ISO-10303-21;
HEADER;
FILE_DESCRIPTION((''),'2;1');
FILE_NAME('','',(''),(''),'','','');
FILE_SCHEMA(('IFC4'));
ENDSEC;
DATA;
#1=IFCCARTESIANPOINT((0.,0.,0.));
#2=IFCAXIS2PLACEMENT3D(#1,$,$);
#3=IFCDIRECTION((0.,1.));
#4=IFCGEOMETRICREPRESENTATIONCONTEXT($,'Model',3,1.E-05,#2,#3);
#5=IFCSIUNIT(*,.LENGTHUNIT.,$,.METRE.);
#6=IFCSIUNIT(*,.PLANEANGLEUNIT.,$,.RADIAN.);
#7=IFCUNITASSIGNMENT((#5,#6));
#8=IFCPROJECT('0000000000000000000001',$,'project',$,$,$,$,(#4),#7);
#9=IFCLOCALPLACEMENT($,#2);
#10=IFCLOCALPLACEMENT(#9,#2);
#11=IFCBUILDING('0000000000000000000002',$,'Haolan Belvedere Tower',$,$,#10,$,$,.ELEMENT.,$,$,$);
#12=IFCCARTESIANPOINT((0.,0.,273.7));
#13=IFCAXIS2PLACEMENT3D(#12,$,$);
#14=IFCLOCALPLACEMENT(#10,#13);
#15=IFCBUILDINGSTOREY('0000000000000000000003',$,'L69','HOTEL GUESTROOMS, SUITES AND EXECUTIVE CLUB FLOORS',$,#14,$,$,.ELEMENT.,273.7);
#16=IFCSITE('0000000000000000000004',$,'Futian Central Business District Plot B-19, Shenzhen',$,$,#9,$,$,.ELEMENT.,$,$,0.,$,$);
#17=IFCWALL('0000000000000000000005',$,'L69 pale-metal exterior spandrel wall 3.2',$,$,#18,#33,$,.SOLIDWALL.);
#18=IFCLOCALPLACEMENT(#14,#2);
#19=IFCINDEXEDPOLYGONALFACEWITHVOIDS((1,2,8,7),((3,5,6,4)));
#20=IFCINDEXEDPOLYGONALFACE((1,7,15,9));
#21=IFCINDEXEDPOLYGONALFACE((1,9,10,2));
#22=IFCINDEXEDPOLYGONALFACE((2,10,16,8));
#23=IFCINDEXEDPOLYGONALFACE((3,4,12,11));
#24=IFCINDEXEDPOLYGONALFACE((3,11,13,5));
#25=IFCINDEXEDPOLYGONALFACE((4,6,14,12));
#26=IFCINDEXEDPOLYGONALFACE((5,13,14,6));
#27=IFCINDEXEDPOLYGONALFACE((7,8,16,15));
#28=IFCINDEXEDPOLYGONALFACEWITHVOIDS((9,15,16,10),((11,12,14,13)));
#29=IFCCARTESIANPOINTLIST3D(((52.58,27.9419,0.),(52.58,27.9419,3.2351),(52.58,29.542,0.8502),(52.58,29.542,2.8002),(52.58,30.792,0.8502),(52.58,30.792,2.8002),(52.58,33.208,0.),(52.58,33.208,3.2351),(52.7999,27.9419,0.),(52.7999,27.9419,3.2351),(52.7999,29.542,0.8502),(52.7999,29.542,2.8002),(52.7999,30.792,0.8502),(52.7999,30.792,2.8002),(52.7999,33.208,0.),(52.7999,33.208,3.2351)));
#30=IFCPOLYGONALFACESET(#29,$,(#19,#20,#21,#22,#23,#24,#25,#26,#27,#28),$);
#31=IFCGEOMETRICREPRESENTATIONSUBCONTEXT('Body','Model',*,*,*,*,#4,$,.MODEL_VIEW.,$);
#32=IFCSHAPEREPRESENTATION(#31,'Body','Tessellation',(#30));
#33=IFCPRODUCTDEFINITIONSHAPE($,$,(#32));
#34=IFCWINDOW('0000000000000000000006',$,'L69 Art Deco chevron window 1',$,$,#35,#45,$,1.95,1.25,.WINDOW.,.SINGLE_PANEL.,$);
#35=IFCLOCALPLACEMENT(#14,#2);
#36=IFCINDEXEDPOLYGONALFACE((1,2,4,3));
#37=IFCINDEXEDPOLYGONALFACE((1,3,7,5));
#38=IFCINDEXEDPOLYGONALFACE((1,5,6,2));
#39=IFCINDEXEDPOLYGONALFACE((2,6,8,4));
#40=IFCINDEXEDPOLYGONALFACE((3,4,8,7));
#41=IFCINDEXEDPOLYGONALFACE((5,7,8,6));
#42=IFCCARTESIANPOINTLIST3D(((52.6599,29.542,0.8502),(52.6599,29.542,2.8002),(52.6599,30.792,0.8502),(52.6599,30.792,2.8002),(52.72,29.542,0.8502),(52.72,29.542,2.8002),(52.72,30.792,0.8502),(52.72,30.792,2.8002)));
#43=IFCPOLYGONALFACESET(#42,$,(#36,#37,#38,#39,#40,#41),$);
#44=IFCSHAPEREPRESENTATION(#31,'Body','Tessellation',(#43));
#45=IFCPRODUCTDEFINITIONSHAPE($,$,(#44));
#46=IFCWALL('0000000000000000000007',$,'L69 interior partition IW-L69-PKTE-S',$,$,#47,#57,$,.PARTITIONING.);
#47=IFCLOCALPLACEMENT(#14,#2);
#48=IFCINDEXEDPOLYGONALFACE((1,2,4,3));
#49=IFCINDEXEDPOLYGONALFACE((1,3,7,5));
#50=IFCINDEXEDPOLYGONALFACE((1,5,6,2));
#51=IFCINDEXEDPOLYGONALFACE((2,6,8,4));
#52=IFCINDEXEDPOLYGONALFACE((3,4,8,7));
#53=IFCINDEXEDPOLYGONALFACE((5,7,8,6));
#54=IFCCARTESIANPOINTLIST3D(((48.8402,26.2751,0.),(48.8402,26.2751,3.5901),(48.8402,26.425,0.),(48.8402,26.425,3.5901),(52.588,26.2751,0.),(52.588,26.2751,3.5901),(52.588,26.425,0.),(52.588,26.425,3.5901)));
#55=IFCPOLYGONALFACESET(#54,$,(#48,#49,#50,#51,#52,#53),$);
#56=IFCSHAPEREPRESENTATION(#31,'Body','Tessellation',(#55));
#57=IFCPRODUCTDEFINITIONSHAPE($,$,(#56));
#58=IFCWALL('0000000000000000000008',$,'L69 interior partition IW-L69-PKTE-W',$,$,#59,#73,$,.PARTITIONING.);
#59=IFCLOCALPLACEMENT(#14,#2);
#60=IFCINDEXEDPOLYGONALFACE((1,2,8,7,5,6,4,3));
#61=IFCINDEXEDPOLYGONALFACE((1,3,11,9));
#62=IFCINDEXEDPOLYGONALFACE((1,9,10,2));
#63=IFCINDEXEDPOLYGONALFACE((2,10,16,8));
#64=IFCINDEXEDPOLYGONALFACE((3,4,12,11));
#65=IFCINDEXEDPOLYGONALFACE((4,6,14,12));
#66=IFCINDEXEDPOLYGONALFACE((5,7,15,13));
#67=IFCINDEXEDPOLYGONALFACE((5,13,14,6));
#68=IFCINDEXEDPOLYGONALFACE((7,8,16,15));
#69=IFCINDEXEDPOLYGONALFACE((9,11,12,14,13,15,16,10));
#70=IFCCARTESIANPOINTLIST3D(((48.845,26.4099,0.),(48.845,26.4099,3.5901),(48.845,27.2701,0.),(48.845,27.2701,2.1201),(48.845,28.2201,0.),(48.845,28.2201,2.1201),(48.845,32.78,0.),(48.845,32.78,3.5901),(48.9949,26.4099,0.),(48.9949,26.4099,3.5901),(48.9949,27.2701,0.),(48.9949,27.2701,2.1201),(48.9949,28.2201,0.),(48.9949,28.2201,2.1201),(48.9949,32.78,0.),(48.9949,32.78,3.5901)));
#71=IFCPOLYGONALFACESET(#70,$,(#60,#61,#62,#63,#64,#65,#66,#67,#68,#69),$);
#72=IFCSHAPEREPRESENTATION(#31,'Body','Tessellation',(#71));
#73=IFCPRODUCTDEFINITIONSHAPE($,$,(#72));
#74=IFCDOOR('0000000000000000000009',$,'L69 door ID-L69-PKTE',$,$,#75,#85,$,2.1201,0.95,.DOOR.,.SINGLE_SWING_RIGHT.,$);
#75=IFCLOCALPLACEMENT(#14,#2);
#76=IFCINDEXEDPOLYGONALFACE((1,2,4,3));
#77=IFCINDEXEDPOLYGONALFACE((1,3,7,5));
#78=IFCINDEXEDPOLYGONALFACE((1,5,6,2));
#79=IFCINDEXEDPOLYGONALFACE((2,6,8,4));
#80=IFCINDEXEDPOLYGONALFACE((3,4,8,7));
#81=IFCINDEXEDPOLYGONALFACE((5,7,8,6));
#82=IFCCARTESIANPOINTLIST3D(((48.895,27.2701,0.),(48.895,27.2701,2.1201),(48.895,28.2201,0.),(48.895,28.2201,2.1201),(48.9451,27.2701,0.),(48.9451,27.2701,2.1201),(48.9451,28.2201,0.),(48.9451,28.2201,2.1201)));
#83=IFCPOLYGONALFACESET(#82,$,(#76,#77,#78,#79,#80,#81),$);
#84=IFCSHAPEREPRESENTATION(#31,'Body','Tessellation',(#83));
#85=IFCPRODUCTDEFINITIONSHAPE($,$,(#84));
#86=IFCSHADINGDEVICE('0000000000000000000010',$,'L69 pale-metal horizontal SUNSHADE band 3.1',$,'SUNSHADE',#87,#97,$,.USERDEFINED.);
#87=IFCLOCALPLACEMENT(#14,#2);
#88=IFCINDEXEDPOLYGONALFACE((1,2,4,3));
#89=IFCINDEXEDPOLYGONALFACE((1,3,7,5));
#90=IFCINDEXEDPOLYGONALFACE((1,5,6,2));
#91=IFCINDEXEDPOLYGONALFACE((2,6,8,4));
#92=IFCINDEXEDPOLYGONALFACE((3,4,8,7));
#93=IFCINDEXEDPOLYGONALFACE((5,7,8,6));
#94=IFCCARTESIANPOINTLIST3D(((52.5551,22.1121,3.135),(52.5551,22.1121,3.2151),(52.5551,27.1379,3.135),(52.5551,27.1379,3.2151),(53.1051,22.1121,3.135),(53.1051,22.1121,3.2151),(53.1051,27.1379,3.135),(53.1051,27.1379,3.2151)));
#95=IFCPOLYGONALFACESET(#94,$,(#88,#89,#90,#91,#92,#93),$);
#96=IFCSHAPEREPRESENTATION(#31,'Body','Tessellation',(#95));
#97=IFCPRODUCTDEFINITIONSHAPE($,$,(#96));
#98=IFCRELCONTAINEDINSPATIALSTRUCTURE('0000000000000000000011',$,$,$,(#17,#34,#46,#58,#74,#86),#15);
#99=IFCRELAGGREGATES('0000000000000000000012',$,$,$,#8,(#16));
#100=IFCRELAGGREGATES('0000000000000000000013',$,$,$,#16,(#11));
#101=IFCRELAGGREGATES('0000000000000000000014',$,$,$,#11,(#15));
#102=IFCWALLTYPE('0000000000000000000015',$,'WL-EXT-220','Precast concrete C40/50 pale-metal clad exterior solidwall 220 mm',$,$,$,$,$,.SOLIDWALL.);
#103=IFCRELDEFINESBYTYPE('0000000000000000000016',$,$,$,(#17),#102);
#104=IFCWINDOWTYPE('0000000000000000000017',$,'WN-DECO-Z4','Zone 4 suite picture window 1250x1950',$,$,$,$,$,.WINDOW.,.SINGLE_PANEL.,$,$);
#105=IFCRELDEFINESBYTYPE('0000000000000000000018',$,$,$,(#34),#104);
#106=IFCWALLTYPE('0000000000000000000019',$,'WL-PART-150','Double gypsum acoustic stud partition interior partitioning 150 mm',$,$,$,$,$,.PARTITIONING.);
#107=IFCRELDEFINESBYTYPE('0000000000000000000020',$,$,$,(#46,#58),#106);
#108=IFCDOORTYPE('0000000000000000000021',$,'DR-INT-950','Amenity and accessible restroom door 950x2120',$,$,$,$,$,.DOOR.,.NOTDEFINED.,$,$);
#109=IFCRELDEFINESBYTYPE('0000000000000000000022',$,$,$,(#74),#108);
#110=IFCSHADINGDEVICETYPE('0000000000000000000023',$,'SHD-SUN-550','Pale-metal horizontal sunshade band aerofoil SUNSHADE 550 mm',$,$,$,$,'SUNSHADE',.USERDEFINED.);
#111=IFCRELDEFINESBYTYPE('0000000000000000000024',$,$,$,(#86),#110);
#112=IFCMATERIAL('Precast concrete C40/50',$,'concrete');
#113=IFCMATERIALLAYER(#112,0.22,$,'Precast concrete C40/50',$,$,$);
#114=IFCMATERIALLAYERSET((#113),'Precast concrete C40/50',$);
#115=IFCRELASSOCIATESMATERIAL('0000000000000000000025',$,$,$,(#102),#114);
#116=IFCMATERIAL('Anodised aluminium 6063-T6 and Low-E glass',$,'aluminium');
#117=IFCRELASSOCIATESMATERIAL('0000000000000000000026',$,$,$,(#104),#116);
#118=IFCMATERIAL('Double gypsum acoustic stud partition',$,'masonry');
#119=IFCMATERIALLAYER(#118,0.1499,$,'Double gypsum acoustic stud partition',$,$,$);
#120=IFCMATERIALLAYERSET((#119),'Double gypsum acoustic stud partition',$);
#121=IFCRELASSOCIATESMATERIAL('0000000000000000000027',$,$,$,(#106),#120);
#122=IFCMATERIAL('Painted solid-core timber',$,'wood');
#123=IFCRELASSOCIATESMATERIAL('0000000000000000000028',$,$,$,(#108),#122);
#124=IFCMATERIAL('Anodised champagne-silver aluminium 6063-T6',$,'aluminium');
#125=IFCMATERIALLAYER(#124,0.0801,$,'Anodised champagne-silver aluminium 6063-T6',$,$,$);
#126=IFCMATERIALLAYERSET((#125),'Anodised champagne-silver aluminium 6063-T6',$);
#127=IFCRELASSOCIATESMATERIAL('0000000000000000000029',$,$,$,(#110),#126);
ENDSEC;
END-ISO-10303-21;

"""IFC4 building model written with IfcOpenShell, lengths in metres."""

from ifc_helpers import new_model, si_unit, direction, frame, frame_2d, origin, origin_2d, place, context, subcontext, project, spatial, rectangle, extrude, material, layer, layer_set, type_object, element, fill, save


model = new_model("IFC4")

# Units and contexts
model_context = context("Model", 3, precision=1e-05, world=origin(), true_north=direction((0.0, 1.0)))
body_context = subcontext(model_context, "Body", "Model", "MODEL_VIEW")
ifc_project = project(units=[si_unit("LENGTHUNIT", "METRE"), si_unit("PLANEANGLEUNIT", "RADIAN")], contexts=[model_context])

# Site, building, storey
site_placement = place(None, origin())
site = spatial("IfcSite", under=ifc_project, at=site_placement, Name="Futian Central Business District Plot B-19, Shenzhen", CompositionType="ELEMENT", RefElevation=0.0)
building_placement = place(site_placement, origin())
building = spatial("IfcBuilding", under=site, at=building_placement, Name="Haolan Belvedere Tower", CompositionType="ELEMENT")
storey_placement = place(building_placement, frame((0.0, 0.0, 273.7)))
storey = spatial("IfcBuildingStorey", under=building, at=storey_placement, Name="L69", Description="HOTEL GUESTROOMS, SUITES AND EXECUTIVE CLUB FLOORS", CompositionType="ELEMENT", Elevation=273.7)

# Wall, opening, window
ifc_material_1 = material(Name="Precast concrete C40/50", Category="concrete")
ifc_layer_1 = layer(ifc_material_1, 0.22, Name="Precast concrete C40/50")
ifc_layer_set_1 = layer_set([ifc_layer_1], Name="Precast concrete C40/50")
wall_type_1 = type_object("IfcWallType", Name="WL-EXT-220", Description="Precast concrete C40/50 pale-metal clad exterior solidwall 220 mm", PredefinedType="SOLIDWALL", material=ifc_layer_set_1)
ifc_material_2 = material(Name="Anodised aluminium 6063-T6 and Low-E glass", Category="aluminium")
window_type = type_object("IfcWindowType", Name="WN-DECO-Z4", Description="Zone 4 suite picture window 1250x1950", PartitioningType="SINGLE_PANEL", PredefinedType="WINDOW", material=ifc_material_2)
wall_1_placement = place(storey_placement, frame((52.6899, 27.9419, 0.0), z_axis=(0.0, 0.0, 1.0), x_axis=(0.0, 1.0, 0.0)))
wall_1 = element("IfcWall", 1, at=wall_1_placement, inside=storey, type_object=wall_type_1, Name="L69 pale-metal exterior spandrel wall 3.2", PredefinedType="SOLIDWALL", context=body_context, shape_type="SweptSolid", body=[
    extrude(rectangle(XDim=5.2661, YDim=0.22, at=frame_2d((2.6331, 0.0))), origin(), (0.0, 0.0, 1.0), 3.2351),
])
opening_1_placement = place(wall_1_placement, frame((1.6001, 0.0, 0.8501)))
opening_1 = element("IfcOpeningElement", 2, at=opening_1_placement, cuts=wall_1, PredefinedType="OPENING", context=body_context, shape_type="SweptSolid", body=[
    extrude(rectangle(XDim=1.25, YDim=1.95, at=frame_2d((0.625, 0.9751))), frame((0.0, 0.1199, 0.0), z_axis=(0.0, -1.0, 0.0), x_axis=(1.0, 0.0, 0.0)), (0.0, 0.0, 1.0), 0.24),
])
window_1_placement = place(opening_1_placement, origin())
window_1 = element("IfcWindow", 3, at=window_1_placement, inside=storey, type_object=window_type, Name="L69 Art Deco chevron window 1", OverallHeight=1.95, OverallWidth=1.25, PartitioningType="SINGLE_PANEL", PredefinedType="WINDOW", context=body_context, shape_type="SweptSolid", body=[
    extrude(rectangle(XDim=1.25, YDim=1.95, at=frame_2d((0.625, 0.9751))), frame((0.0, 0.03, 0.0), z_axis=(0.0, -1.0, 0.0), x_axis=(1.0, 0.0, 0.0)), (0.0, 0.0, 1.0), 0.0601),
])
fill(opening_1, window_1)

# Wall
ifc_material_3 = material(Name="Double gypsum acoustic stud partition", Category="masonry")
ifc_layer_2 = layer(ifc_material_3, 0.1499, Name="Double gypsum acoustic stud partition")
ifc_layer_set_2 = layer_set([ifc_layer_2], Name="Double gypsum acoustic stud partition")
wall_type_2 = type_object("IfcWallType", Name="WL-PART-150", Description="Double gypsum acoustic stud partition interior partitioning 150 mm", PredefinedType="PARTITIONING", material=ifc_layer_set_2)
wall_2_placement = place(storey_placement, frame((48.8401, 26.3501, 0.0), z_axis=(0.0, 0.0, 1.0), x_axis=(1.0, 0.0, 0.0)))
element("IfcWall", 4, at=wall_2_placement, inside=storey, type_object=wall_type_2, Name="L69 interior partition IW-L69-PKTE-S", PredefinedType="PARTITIONING", context=body_context, shape_type="SweptSolid", body=[
    extrude(rectangle(XDim=3.7478, YDim=0.1499, at=frame_2d((1.874, 0.0))), origin(), (0.0, 0.0, 1.0), 3.5901),
])

# Wall, opening, door
wall_3_placement = place(storey_placement, frame((48.9199, 26.4099, 0.0), z_axis=(0.0, 0.0, 1.0), x_axis=(0.0, 1.0, 0.0)))
wall_3 = element("IfcWall", 5, at=wall_3_placement, inside=storey, type_object=wall_type_2, Name="L69 interior partition IW-L69-PKTE-W", PredefinedType="PARTITIONING", context=body_context, shape_type="SweptSolid", body=[
    extrude(rectangle(XDim=6.3701, YDim=0.1499, at=frame_2d((3.1851, 0.0))), origin(), (0.0, 0.0, 1.0), 3.5901),
])
opening_2_placement = place(wall_3_placement, frame((0.8601, 0.0, 0.0)))
opening_2 = element("IfcOpeningElement", 6, at=opening_2_placement, cuts=wall_3, PredefinedType="OPENING", context=body_context, shape_type="SweptSolid", body=[
    extrude(rectangle(XDim=0.95, YDim=2.1201, at=frame_2d((0.4751, 1.0601))), frame((0.0, 0.085, 0.0), z_axis=(0.0, -1.0, 0.0), x_axis=(1.0, 0.0, 0.0)), (0.0, 0.0, 1.0), 0.1699),
])
ifc_material_4 = material(Name="Painted solid-core timber", Category="wood")
door_type = type_object("IfcDoorType", Name="DR-INT-950", Description="Amenity and accessible restroom door 950x2120", OperationType="NOTDEFINED", PredefinedType="DOOR", material=ifc_material_4)
door_placement = place(opening_2_placement, origin())
door = element("IfcDoor", 7, at=door_placement, inside=storey, type_object=door_type, Name="L69 door ID-L69-PKTE", OperationType="SINGLE_SWING_RIGHT", OverallHeight=2.1201, OverallWidth=0.95, PredefinedType="DOOR", context=body_context, shape_type="SweptSolid", body=[
    extrude(rectangle(XDim=0.95, YDim=2.1201, at=frame_2d((0.4751, 1.0601))), frame((0.0, 0.0249, 0.0), z_axis=(0.0, -1.0, 0.0), x_axis=(1.0, 0.0, 0.0)), (0.0, 0.0, 1.0), 0.05),
])
fill(opening_2, door)

# Shading device
ifc_material_5 = material(Name="Anodised champagne-silver aluminium 6063-T6", Category="aluminium")
ifc_layer_3 = layer(ifc_material_5, 0.0801, Name="Anodised champagne-silver aluminium 6063-T6")
ifc_layer_set_3 = layer_set([ifc_layer_3], Name="Anodised champagne-silver aluminium 6063-T6")
shading_device_type = type_object("IfcShadingDeviceType", Name="SHD-SUN-550", Description="Pale-metal horizontal sunshade band aerofoil SUNSHADE 550 mm", ElementType="SUNSHADE", PredefinedType="USERDEFINED", material=ifc_layer_set_3)
shading_device_placement = place(storey_placement, frame((52.8301, 24.625, 3.135), z_axis=(0.0, 0.0, 1.0), x_axis=(0.0, 1.0, 0.0)))
element("IfcShadingDevice", 8, at=shading_device_placement, inside=storey, type_object=shading_device_type, Name="L69 pale-metal horizontal SUNSHADE band 3.1", ObjectType="SUNSHADE", PredefinedType="USERDEFINED", context=body_context, shape_type="SweptSolid", body=[
    extrude(rectangle(XDim=5.0259, YDim=0.55, at=origin_2d()), origin(), (0.0, 0.0, 1.0), 0.0801),
])

save(model, "model.ifc")
